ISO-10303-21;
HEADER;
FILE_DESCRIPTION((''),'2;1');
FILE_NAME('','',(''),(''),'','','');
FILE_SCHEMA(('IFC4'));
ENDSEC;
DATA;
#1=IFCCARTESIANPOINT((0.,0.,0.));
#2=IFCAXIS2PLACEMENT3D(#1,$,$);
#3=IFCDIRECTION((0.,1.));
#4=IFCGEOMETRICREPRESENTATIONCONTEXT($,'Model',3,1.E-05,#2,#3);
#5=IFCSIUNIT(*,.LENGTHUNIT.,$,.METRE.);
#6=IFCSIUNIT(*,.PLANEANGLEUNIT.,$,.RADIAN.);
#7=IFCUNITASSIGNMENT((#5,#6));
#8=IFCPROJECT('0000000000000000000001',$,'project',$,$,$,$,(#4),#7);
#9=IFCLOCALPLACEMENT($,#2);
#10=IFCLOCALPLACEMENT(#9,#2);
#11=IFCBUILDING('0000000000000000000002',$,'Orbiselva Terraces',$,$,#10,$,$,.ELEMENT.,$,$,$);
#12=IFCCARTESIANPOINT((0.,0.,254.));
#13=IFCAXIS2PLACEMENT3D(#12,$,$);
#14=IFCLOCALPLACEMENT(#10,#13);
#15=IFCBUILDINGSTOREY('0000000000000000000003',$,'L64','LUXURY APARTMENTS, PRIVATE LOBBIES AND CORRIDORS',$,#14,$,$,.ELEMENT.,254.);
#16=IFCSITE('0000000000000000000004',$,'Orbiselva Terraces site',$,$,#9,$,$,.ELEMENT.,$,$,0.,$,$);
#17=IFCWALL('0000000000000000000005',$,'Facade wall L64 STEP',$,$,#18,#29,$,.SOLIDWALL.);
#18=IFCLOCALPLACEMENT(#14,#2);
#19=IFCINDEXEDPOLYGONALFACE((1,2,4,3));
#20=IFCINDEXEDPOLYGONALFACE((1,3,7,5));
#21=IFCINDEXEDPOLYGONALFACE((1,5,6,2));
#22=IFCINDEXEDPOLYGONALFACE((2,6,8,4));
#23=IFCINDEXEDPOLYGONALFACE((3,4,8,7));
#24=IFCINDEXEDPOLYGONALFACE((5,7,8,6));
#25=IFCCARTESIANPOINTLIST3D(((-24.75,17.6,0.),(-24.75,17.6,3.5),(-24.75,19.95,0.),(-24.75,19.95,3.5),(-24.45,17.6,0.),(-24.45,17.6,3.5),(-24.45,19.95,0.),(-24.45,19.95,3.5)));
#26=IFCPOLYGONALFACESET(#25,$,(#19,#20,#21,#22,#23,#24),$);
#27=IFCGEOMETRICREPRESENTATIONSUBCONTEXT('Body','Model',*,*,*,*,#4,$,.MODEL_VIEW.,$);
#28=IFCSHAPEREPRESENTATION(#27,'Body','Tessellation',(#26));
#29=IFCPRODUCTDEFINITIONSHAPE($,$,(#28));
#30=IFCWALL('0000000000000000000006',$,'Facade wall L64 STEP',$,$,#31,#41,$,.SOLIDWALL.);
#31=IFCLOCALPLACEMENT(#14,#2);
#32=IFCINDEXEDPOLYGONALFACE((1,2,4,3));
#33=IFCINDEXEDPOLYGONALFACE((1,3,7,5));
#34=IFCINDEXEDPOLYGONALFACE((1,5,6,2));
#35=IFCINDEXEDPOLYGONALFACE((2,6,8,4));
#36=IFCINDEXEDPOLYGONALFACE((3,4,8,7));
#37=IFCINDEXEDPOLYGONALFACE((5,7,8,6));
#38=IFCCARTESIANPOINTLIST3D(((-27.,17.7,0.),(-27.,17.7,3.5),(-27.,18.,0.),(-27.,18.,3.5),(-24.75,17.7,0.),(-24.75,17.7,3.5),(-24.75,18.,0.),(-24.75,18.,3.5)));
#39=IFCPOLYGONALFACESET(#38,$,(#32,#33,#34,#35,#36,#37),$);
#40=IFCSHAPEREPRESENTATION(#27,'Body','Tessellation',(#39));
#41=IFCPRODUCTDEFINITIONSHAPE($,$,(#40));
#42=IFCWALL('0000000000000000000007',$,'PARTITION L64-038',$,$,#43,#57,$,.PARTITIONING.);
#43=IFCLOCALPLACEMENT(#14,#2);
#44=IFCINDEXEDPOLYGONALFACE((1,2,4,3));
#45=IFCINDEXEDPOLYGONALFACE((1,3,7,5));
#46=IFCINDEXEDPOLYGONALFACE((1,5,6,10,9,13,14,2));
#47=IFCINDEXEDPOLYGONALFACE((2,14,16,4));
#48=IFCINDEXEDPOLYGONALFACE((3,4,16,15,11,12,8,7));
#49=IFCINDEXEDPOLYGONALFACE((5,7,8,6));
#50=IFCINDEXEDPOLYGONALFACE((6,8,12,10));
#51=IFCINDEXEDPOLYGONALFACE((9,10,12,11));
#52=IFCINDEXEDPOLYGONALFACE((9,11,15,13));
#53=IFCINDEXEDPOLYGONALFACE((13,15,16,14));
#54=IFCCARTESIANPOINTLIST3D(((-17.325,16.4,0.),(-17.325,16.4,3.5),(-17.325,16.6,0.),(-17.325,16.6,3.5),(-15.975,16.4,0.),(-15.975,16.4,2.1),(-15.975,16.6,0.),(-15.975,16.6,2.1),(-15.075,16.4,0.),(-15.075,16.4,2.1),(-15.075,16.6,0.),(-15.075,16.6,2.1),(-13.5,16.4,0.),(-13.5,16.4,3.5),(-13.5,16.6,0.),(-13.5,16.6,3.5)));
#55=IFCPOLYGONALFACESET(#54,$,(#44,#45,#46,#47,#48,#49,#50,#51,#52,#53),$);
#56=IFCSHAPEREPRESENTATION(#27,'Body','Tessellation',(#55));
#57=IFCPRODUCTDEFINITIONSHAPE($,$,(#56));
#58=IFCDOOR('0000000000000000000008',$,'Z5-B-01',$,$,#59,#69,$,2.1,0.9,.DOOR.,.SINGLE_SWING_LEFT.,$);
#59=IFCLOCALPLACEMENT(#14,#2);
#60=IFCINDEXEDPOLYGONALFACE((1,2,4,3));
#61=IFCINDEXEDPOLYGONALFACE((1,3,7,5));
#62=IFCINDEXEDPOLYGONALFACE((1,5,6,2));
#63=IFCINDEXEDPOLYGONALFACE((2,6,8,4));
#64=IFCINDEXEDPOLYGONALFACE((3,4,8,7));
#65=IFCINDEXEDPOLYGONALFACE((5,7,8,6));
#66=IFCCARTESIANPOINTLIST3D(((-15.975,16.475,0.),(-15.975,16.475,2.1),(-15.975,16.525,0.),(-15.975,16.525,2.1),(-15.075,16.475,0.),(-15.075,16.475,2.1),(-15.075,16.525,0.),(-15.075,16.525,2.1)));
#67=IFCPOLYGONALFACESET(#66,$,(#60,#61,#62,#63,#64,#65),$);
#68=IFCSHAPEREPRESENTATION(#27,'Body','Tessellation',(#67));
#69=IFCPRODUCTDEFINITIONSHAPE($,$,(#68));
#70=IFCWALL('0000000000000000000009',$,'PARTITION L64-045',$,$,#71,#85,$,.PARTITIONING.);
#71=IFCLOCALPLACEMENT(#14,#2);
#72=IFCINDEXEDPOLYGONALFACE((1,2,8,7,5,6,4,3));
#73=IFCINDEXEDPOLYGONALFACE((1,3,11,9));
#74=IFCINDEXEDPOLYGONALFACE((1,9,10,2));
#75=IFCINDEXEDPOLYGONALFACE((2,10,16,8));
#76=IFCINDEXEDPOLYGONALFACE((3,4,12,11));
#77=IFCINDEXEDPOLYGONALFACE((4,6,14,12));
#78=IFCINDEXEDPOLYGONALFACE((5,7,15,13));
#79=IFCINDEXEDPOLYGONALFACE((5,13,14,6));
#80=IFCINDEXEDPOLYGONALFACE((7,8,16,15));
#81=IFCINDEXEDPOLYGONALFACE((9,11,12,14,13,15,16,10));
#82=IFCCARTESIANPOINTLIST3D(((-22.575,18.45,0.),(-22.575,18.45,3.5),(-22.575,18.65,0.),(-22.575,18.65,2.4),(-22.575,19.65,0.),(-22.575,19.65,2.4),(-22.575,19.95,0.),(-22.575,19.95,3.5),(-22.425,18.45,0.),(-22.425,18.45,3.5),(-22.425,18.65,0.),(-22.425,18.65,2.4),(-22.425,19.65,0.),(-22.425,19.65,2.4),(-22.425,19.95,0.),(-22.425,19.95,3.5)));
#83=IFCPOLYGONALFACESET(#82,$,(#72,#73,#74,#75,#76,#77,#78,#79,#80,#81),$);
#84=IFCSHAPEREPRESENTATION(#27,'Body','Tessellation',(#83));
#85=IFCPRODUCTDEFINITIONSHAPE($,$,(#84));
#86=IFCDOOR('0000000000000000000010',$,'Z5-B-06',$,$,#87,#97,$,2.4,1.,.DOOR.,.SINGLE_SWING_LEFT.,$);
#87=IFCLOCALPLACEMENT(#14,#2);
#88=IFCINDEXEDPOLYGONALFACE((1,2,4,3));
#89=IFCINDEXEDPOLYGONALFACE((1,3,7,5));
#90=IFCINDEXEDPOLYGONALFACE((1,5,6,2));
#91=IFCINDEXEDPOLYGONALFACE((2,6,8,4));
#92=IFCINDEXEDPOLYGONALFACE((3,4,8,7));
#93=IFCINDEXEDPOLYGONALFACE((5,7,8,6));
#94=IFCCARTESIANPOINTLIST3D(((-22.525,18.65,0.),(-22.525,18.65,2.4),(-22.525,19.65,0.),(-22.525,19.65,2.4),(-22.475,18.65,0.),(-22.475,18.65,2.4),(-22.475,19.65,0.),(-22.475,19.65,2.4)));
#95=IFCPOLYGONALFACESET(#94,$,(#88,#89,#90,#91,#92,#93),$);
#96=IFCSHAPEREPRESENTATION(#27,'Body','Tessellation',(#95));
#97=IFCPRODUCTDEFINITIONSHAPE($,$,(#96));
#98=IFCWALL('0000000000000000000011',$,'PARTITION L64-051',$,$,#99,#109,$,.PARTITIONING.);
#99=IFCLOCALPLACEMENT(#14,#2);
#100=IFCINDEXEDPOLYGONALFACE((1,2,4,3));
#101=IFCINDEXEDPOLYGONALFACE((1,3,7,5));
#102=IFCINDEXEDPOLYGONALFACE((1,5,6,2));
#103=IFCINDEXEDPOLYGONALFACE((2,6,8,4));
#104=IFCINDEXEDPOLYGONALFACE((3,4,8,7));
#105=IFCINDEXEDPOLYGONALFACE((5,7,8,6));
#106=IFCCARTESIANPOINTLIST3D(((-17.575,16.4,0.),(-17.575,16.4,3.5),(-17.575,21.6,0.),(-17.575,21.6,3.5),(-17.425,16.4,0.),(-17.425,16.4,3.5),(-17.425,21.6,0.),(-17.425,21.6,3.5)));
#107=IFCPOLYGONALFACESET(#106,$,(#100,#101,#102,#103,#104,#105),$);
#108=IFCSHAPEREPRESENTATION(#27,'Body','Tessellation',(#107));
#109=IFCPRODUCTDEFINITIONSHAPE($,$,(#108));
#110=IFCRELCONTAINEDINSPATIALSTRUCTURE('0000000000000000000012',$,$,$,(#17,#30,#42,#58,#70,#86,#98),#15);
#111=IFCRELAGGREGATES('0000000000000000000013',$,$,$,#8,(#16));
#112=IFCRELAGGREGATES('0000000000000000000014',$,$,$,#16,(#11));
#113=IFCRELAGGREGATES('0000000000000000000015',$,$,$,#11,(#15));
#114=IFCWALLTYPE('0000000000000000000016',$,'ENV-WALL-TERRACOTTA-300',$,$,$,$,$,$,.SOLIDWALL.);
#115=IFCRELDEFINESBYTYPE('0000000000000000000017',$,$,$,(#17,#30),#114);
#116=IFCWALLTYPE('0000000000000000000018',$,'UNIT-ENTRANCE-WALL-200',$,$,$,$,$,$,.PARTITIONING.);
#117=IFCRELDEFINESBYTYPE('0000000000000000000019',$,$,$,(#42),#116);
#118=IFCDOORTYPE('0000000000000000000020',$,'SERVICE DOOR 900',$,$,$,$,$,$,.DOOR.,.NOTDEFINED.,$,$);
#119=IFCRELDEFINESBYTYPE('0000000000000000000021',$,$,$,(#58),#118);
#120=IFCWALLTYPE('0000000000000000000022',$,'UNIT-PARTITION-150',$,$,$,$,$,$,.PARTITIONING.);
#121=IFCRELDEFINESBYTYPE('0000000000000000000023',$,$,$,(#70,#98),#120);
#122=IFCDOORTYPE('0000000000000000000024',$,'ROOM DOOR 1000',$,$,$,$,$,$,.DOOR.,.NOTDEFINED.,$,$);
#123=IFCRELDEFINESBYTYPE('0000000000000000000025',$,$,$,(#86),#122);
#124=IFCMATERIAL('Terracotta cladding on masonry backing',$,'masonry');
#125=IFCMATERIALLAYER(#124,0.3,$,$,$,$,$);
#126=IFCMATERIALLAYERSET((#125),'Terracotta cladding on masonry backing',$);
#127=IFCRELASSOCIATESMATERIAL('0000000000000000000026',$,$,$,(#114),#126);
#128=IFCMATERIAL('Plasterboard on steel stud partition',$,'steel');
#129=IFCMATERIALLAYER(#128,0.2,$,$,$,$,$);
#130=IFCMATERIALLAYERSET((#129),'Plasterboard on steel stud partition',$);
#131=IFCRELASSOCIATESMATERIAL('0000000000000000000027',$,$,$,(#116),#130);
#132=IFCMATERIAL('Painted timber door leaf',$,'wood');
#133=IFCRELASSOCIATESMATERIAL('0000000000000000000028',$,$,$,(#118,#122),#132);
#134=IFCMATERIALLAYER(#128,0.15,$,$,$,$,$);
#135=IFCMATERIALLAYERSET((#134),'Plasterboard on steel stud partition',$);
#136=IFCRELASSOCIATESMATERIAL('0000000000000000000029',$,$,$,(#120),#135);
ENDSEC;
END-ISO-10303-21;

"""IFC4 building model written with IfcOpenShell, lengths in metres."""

from ifc_helpers import new_model, si_unit, direction, frame, frame_2d, origin, place, context, subcontext, project, spatial, rectangle, extrude, material, layer, layer_set, type_object, element, fill, save


model = new_model("IFC4")

# Units and contexts
model_context = context("Model", 3, precision=1e-05, world=origin(), true_north=direction((0.0, 1.0)))
body_context = subcontext(model_context, "Body", "Model", "MODEL_VIEW")
ifc_project = project(units=[si_unit("LENGTHUNIT", "METRE"), si_unit("PLANEANGLEUNIT", "RADIAN")], contexts=[model_context])

# Site, building, storey
site_placement = place(None, origin())
site = spatial("IfcSite", under=ifc_project, at=site_placement, Name="Orbiselva Terraces site", CompositionType="ELEMENT", RefElevation=0.0)
building_placement = place(site_placement, origin())
building = spatial("IfcBuilding", under=site, at=building_placement, Name="Orbiselva Terraces", CompositionType="ELEMENT")
storey_placement = place(building_placement, frame((0.0, 0.0, 254.0)))
storey = spatial("IfcBuildingStorey", under=building, at=storey_placement, Name="L64", Description="LUXURY APARTMENTS, PRIVATE LOBBIES AND CORRIDORS", CompositionType="ELEMENT", Elevation=254.0)

# Shared definitions
ifc_material_1 = material(Name="Terracotta cladding on masonry backing", Category="masonry")
ifc_layer_1 = layer(ifc_material_1, 0.3)
ifc_layer_set_1 = layer_set([ifc_layer_1], Name="Terracotta cladding on masonry backing")
wall_type_1 = type_object("IfcWallType", Name="ENV-WALL-TERRACOTTA-300", PredefinedType="SOLIDWALL", material=ifc_layer_set_1)

# Walls
wall_1_placement = place(storey_placement, frame((-24.6, 17.6, 0.0), z_axis=(0.0, 0.0, 1.0), x_axis=(0.0, 1.0, 0.0)))
element("IfcWall", 1, at=wall_1_placement, inside=storey, type_object=wall_type_1, Name="Facade wall L64 STEP", PredefinedType="SOLIDWALL", context=body_context, shape_type="SweptSolid", body=[
    extrude(rectangle(XDim=2.35, YDim=0.3, at=frame_2d((1.175, 0.0))), origin(), (0.0, 0.0, 1.0), 3.5),
])
wall_2_placement = place(storey_placement, frame((-27.0, 17.85, 0.0), z_axis=(0.0, 0.0, 1.0), x_axis=(1.0, 0.0, 0.0)))
element("IfcWall", 2, at=wall_2_placement, inside=storey, type_object=wall_type_1, Name="Facade wall L64 STEP", PredefinedType="SOLIDWALL", context=body_context, shape_type="SweptSolid", body=[
    extrude(rectangle(XDim=2.25, YDim=0.3, at=frame_2d((1.125, 0.0))), origin(), (0.0, 0.0, 1.0), 3.5),
])

# Walls, openings, doors
ifc_material_2 = material(Name="Plasterboard on steel stud partition", Category="steel")
ifc_layer_2 = layer(ifc_material_2, 0.2)
ifc_layer_set_2 = layer_set([ifc_layer_2], Name="Plasterboard on steel stud partition")
wall_type_2 = type_object("IfcWallType", Name="UNIT-ENTRANCE-WALL-200", PredefinedType="PARTITIONING", material=ifc_layer_set_2)
wall_3_placement = place(storey_placement, frame((-17.325, 16.5, 0.0), z_axis=(0.0, 0.0, 1.0), x_axis=(1.0, 0.0, 0.0)))
wall_3 = element("IfcWall", 3, at=wall_3_placement, inside=storey, type_object=wall_type_2, Name="PARTITION L64-038", PredefinedType="PARTITIONING", context=body_context, shape_type="SweptSolid", body=[
    extrude(rectangle(XDim=3.825, YDim=0.2, at=frame_2d((1.9125, 0.0))), origin(), (0.0, 0.0, 1.0), 3.5),
])
opening_1_placement = place(wall_3_placement, frame((1.35, 0.0, 0.0)))
opening_1 = element("IfcOpeningElement", 4, at=opening_1_placement, cuts=wall_3, PredefinedType="OPENING", context=body_context, shape_type="SweptSolid", body=[
    extrude(rectangle(XDim=0.9, YDim=2.1, at=frame_2d((0.45, 1.05))), frame((0.0, 0.11, 0.0), z_axis=(0.0, -1.0, 0.0), x_axis=(1.0, 0.0, 0.0)), (0.0, 0.0, 1.0), 0.22),
])
ifc_material_3 = material(Name="Painted timber door leaf", Category="wood")
door_type_1 = type_object("IfcDoorType", Name="SERVICE DOOR 900", OperationType="NOTDEFINED", PredefinedType="DOOR", material=ifc_material_3)
door_1_placement = place(opening_1_placement, origin())
door_1 = element("IfcDoor", 5, at=door_1_placement, inside=storey, type_object=door_type_1, Name="Z5-B-01", OperationType="SINGLE_SWING_LEFT", OverallHeight=2.1, OverallWidth=0.9, PredefinedType="DOOR", context=body_context, shape_type="SweptSolid", body=[
    extrude(rectangle(XDim=0.9, YDim=2.1, at=frame_2d((0.45, 1.05))), frame((0.0, 0.025, 0.0), z_axis=(0.0, -1.0, 0.0), x_axis=(1.0, 0.0, 0.0)), (0.0, 0.0, 1.0), 0.05),
])
fill(opening_1, door_1)
ifc_layer_3 = layer(ifc_material_2, 0.15)
ifc_layer_set_3 = layer_set([ifc_layer_3], Name="Plasterboard on steel stud partition")
wall_type_3 = type_object("IfcWallType", Name="UNIT-PARTITION-150", PredefinedType="PARTITIONING", material=ifc_layer_set_3)
wall_4_placement = place(storey_placement, frame((-22.5, 18.45, 0.0), z_axis=(0.0, 0.0, 1.0), x_axis=(0.0, 1.0, 0.0)))
wall_4 = element("IfcWall", 6, at=wall_4_placement, inside=storey, type_object=wall_type_3, Name="PARTITION L64-045", PredefinedType="PARTITIONING", context=body_context, shape_type="SweptSolid", body=[
    extrude(rectangle(XDim=1.5, YDim=0.15, at=frame_2d((0.75, 0.0))), origin(), (0.0, 0.0, 1.0), 3.5),
])
opening_2_placement = place(wall_4_placement, frame((0.2, 0.0, 0.0)))
opening_2 = element("IfcOpeningElement", 7, at=opening_2_placement, cuts=wall_4, PredefinedType="OPENING", context=body_context, shape_type="SweptSolid", body=[
    extrude(rectangle(XDim=1.0, YDim=2.4, at=frame_2d((0.5, 1.2))), frame((0.0, 0.085, 0.0), z_axis=(0.0, -1.0, 0.0), x_axis=(1.0, 0.0, 0.0)), (0.0, 0.0, 1.0), 0.17),
])
door_type_2 = type_object("IfcDoorType", Name="ROOM DOOR 1000", OperationType="NOTDEFINED", PredefinedType="DOOR", material=ifc_material_3)
door_2_placement = place(opening_2_placement, origin())
door_2 = element("IfcDoor", 8, at=door_2_placement, inside=storey, type_object=door_type_2, Name="Z5-B-06", OperationType="SINGLE_SWING_LEFT", OverallHeight=2.4, OverallWidth=1.0, PredefinedType="DOOR", context=body_context, shape_type="SweptSolid", body=[
    extrude(rectangle(XDim=1.0, YDim=2.4, at=frame_2d((0.5, 1.2))), frame((0.0, 0.025, 0.0), z_axis=(0.0, -1.0, 0.0), x_axis=(1.0, 0.0, 0.0)), (0.0, 0.0, 1.0), 0.05),
])
fill(opening_2, door_2)

# Wall
wall_5_placement = place(storey_placement, frame((-17.5, 16.4, 0.0), z_axis=(0.0, 0.0, 1.0), x_axis=(0.0, 1.0, 0.0)))
element("IfcWall", 9, at=wall_5_placement, inside=storey, type_object=wall_type_3, Name="PARTITION L64-051", PredefinedType="PARTITIONING", context=body_context, shape_type="SweptSolid", body=[
    extrude(rectangle(XDim=5.2, YDim=0.15, at=frame_2d((2.6, 0.0))), origin(), (0.0, 0.0, 1.0), 3.5),
])

save(model, "model.ifc")
